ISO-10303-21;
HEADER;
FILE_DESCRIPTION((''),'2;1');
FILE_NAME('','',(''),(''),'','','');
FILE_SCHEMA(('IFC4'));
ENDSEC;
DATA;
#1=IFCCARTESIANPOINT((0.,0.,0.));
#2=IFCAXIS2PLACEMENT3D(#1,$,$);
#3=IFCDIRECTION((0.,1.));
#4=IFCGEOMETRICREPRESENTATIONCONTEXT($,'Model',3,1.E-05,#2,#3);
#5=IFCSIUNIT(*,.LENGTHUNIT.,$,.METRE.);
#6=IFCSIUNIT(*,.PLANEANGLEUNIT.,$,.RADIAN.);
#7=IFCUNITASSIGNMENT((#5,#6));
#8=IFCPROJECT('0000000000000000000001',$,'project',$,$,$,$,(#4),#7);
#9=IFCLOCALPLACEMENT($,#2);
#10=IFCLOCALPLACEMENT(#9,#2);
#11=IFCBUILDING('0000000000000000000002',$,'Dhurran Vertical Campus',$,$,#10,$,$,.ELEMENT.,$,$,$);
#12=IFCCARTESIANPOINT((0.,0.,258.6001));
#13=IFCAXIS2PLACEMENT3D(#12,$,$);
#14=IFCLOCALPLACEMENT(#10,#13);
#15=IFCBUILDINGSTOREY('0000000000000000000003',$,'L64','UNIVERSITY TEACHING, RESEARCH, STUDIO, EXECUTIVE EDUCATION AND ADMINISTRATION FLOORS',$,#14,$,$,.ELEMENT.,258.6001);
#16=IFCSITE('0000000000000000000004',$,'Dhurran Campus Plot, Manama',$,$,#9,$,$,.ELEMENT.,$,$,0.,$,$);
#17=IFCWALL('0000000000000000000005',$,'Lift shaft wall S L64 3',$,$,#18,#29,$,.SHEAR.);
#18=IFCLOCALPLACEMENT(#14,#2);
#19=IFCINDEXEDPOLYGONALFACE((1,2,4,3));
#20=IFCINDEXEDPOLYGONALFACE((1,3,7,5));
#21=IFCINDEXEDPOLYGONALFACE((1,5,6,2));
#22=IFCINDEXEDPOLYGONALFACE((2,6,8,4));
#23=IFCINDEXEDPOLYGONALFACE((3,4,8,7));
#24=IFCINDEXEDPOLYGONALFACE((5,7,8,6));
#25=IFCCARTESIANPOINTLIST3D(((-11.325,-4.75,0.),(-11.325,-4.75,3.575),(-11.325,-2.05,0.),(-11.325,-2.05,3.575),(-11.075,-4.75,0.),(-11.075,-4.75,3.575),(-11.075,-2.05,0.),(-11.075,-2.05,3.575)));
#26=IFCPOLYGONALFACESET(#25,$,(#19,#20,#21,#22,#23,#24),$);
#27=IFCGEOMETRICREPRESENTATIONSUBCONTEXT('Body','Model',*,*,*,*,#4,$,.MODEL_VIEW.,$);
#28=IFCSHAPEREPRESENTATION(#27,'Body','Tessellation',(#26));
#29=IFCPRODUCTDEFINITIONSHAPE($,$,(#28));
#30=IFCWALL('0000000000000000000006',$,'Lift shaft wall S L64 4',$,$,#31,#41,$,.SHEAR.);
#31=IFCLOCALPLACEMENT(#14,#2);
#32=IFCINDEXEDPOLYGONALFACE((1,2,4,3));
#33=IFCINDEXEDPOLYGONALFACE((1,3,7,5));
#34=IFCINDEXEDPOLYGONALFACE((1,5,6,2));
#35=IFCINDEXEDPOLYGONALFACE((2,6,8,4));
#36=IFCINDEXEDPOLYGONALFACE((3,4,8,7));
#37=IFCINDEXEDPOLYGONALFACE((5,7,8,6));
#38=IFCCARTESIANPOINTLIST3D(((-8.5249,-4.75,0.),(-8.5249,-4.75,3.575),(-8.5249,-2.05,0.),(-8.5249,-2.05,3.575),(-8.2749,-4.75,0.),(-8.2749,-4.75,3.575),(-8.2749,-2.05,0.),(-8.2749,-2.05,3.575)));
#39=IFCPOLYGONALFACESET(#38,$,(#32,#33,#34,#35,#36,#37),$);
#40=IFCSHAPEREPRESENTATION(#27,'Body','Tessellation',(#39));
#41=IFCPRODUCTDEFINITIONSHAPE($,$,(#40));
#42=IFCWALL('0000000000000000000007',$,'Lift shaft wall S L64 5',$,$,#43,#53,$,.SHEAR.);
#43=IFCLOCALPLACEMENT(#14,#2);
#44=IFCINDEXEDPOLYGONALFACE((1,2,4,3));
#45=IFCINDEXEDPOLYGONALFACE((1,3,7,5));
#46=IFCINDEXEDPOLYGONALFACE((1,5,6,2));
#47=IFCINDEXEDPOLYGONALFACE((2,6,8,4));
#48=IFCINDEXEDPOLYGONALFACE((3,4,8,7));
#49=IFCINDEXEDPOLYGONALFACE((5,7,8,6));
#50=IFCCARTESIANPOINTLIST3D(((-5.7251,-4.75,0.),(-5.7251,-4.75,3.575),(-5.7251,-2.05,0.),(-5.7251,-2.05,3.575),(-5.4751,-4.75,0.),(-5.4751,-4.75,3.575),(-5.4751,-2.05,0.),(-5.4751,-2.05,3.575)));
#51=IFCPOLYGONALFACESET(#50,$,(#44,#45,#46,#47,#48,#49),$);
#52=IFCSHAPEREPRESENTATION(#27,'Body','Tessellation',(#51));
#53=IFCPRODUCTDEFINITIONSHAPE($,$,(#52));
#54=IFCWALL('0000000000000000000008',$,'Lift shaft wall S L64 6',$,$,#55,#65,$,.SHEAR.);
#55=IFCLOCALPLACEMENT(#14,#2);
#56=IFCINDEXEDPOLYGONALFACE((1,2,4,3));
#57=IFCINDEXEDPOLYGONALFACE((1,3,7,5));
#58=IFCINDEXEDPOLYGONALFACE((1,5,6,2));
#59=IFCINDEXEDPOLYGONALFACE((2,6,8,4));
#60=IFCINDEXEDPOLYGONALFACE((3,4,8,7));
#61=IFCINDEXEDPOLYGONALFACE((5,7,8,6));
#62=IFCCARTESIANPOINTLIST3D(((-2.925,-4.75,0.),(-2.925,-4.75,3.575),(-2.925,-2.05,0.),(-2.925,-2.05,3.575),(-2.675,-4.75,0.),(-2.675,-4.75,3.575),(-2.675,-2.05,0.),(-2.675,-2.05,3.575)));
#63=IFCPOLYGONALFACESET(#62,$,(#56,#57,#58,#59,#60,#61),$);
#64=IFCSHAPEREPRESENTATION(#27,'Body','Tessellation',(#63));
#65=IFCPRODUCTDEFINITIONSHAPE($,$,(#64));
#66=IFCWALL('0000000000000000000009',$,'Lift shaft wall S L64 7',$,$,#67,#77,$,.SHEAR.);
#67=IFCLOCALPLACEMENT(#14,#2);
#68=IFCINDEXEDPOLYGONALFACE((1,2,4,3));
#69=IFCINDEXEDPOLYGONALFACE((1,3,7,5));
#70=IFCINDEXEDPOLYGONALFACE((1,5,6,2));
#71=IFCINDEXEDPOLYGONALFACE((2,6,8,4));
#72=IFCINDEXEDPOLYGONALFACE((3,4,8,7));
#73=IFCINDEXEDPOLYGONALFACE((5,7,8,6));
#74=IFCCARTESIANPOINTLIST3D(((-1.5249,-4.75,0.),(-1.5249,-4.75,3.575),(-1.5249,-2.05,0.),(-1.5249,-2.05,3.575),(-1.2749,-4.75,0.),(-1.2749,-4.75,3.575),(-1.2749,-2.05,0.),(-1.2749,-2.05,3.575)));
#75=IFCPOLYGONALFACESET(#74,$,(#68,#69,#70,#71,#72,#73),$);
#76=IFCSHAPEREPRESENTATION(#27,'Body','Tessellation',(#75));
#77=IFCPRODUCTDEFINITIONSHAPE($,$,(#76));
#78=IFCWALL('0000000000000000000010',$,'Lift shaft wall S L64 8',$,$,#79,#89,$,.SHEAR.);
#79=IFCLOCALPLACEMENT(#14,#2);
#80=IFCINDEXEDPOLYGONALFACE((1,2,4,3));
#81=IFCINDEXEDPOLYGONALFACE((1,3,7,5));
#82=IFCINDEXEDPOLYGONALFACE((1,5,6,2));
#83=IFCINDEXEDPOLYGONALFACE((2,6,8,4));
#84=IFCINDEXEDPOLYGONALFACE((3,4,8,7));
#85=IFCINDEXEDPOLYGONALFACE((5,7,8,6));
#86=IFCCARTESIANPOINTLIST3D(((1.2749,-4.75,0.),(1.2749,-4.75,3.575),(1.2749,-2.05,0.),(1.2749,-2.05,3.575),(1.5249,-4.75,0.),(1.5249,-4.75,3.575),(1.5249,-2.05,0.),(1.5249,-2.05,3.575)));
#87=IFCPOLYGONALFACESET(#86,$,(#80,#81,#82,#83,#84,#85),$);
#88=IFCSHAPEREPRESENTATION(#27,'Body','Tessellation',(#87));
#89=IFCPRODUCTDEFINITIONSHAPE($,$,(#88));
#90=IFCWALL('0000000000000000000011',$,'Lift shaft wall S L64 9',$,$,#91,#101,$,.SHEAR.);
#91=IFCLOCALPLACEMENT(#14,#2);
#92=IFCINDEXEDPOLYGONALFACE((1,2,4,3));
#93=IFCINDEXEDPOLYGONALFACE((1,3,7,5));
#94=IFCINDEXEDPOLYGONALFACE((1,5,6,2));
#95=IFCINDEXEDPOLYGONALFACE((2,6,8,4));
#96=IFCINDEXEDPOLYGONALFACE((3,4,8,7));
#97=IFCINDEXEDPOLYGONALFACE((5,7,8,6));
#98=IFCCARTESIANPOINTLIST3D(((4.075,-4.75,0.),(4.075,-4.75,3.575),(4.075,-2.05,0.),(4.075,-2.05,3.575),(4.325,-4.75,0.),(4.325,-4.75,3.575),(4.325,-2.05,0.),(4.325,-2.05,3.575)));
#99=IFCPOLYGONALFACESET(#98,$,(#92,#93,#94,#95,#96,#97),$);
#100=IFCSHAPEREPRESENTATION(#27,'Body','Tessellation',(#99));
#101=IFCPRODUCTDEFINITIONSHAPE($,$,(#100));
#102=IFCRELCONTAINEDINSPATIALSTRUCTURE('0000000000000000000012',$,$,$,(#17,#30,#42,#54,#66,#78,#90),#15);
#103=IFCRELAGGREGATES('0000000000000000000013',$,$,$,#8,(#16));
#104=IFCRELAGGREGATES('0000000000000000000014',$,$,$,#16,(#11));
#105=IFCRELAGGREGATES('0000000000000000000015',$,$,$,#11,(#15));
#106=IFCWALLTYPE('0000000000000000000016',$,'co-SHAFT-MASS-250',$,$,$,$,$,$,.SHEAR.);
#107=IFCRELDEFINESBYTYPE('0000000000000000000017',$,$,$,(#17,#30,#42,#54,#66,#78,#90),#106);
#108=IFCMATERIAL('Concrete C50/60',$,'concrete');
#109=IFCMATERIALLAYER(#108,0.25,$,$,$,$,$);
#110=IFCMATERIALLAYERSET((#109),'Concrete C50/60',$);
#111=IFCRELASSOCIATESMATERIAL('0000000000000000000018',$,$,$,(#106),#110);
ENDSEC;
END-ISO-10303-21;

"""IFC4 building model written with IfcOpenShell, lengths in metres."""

from ifc_helpers import new_model, si_unit, direction, frame, origin, place, context, subcontext, project, spatial, polyline, outline, extrude, material, layer, layer_set, type_object, element, save


model = new_model("IFC4")

# Units and contexts
model_context = context("Model", 3, precision=1e-05, world=origin(), true_north=direction((0.0, 1.0)))
body_context = subcontext(model_context, "Body", "Model", "MODEL_VIEW")
ifc_project = project(units=[si_unit("LENGTHUNIT", "METRE"), si_unit("PLANEANGLEUNIT", "RADIAN")], contexts=[model_context])

# Site, building, storey
site_placement = place(None, origin())
site = spatial("IfcSite", under=ifc_project, at=site_placement, Name="Dhurran Campus Plot, Manama", CompositionType="ELEMENT", RefElevation=0.0)
building_placement = place(site_placement, origin())
building = spatial("IfcBuilding", under=site, at=building_placement, Name="Dhurran Vertical Campus", CompositionType="ELEMENT")
storey_placement = place(building_placement, frame((0.0, 0.0, 258.6001)))
storey = spatial("IfcBuildingStorey", under=building, at=storey_placement, Name="L64", Description="UNIVERSITY TEACHING, RESEARCH, STUDIO, EXECUTIVE EDUCATION AND ADMINISTRATION FLOORS", CompositionType="ELEMENT", Elevation=258.6001)

# Walls
ifc_material_1 = material(Name="Concrete C50/60", Category="concrete")
ifc_layer_1 = layer(ifc_material_1, 0.25)
ifc_layer_set_1 = layer_set([ifc_layer_1], Name="Concrete C50/60")
wall_type_1 = type_object("IfcWallType", Name="co-SHAFT-MASS-250", PredefinedType="SHEAR", material=ifc_layer_set_1)
wall_1_placement = place(storey_placement, origin())
element("IfcWall", 1, at=wall_1_placement, inside=storey, type_object=wall_type_1, Name="Lift shaft wall S L64 3", PredefinedType="SHEAR", context=body_context, shape_type="SweptSolid", body=[
    extrude(outline(polyline([(-11.325, -4.75), (-11.075, -4.75), (-11.075, -2.05), (-11.325, -2.05), (-11.325, -4.75)])), origin(), (0.0, 0.0, 1.0), 3.575),
])
wall_2_placement = place(storey_placement, origin())
element("IfcWall", 2, at=wall_2_placement, inside=storey, type_object=wall_type_1, Name="Lift shaft wall S L64 4", PredefinedType="SHEAR", context=body_context, shape_type="SweptSolid", body=[
    extrude(outline(polyline([(-8.5249, -4.75), (-8.2749, -4.75), (-8.2749, -2.05), (-8.5249, -2.05), (-8.5249, -4.75)])), origin(), (0.0, 0.0, 1.0), 3.575),
])
wall_3_placement = place(storey_placement, origin())
element("IfcWall", 3, at=wall_3_placement, inside=storey, type_object=wall_type_1, Name="Lift shaft wall S L64 5", PredefinedType="SHEAR", context=body_context, shape_type="SweptSolid", body=[
    extrude(outline(polyline([(-5.7251, -4.75), (-5.4751, -4.75), (-5.4751, -2.05), (-5.7251, -2.05), (-5.7251, -4.75)])), origin(), (0.0, 0.0, 1.0), 3.575),
])
wall_4_placement = place(storey_placement, origin())
element("IfcWall", 4, at=wall_4_placement, inside=storey, type_object=wall_type_1, Name="Lift shaft wall S L64 6", PredefinedType="SHEAR", context=body_context, shape_type="SweptSolid", body=[
    extrude(outline(polyline([(-2.925, -4.75), (-2.675, -4.75), (-2.675, -2.05), (-2.925, -2.05), (-2.925, -4.75)])), origin(), (0.0, 0.0, 1.0), 3.575),
])
wall_5_placement = place(storey_placement, origin())
element("IfcWall", 5, at=wall_5_placement, inside=storey, type_object=wall_type_1, Name="Lift shaft wall S L64 7", PredefinedType="SHEAR", context=body_context, shape_type="SweptSolid", body=[
    extrude(outline(polyline([(-1.5249, -4.75), (-1.2749, -4.75), (-1.2749, -2.05), (-1.5249, -2.05), (-1.5249, -4.75)])), origin(), (0.0, 0.0, 1.0), 3.575),
])
wall_6_placement = place(storey_placement, origin())
element("IfcWall", 6, at=wall_6_placement, inside=storey, type_object=wall_type_1, Name="Lift shaft wall S L64 8", PredefinedType="SHEAR", context=body_context, shape_type="SweptSolid", body=[
    extrude(outline(polyline([(1.2749, -4.75), (1.5249, -4.75), (1.5249, -2.05), (1.2749, -2.05), (1.2749, -4.75)])), origin(), (0.0, 0.0, 1.0), 3.575),
])
wall_7_placement = place(storey_placement, origin())
element("IfcWall", 7, at=wall_7_placement, inside=storey, type_object=wall_type_1, Name="Lift shaft wall S L64 9", PredefinedType="SHEAR", context=body_context, shape_type="SweptSolid", body=[
    extrude(outline(polyline([(4.075, -4.75), (4.325, -4.75), (4.325, -2.05), (4.075, -2.05), (4.075, -4.75)])), origin(), (0.0, 0.0, 1.0), 3.575),
])

save(model, "model.ifc")
